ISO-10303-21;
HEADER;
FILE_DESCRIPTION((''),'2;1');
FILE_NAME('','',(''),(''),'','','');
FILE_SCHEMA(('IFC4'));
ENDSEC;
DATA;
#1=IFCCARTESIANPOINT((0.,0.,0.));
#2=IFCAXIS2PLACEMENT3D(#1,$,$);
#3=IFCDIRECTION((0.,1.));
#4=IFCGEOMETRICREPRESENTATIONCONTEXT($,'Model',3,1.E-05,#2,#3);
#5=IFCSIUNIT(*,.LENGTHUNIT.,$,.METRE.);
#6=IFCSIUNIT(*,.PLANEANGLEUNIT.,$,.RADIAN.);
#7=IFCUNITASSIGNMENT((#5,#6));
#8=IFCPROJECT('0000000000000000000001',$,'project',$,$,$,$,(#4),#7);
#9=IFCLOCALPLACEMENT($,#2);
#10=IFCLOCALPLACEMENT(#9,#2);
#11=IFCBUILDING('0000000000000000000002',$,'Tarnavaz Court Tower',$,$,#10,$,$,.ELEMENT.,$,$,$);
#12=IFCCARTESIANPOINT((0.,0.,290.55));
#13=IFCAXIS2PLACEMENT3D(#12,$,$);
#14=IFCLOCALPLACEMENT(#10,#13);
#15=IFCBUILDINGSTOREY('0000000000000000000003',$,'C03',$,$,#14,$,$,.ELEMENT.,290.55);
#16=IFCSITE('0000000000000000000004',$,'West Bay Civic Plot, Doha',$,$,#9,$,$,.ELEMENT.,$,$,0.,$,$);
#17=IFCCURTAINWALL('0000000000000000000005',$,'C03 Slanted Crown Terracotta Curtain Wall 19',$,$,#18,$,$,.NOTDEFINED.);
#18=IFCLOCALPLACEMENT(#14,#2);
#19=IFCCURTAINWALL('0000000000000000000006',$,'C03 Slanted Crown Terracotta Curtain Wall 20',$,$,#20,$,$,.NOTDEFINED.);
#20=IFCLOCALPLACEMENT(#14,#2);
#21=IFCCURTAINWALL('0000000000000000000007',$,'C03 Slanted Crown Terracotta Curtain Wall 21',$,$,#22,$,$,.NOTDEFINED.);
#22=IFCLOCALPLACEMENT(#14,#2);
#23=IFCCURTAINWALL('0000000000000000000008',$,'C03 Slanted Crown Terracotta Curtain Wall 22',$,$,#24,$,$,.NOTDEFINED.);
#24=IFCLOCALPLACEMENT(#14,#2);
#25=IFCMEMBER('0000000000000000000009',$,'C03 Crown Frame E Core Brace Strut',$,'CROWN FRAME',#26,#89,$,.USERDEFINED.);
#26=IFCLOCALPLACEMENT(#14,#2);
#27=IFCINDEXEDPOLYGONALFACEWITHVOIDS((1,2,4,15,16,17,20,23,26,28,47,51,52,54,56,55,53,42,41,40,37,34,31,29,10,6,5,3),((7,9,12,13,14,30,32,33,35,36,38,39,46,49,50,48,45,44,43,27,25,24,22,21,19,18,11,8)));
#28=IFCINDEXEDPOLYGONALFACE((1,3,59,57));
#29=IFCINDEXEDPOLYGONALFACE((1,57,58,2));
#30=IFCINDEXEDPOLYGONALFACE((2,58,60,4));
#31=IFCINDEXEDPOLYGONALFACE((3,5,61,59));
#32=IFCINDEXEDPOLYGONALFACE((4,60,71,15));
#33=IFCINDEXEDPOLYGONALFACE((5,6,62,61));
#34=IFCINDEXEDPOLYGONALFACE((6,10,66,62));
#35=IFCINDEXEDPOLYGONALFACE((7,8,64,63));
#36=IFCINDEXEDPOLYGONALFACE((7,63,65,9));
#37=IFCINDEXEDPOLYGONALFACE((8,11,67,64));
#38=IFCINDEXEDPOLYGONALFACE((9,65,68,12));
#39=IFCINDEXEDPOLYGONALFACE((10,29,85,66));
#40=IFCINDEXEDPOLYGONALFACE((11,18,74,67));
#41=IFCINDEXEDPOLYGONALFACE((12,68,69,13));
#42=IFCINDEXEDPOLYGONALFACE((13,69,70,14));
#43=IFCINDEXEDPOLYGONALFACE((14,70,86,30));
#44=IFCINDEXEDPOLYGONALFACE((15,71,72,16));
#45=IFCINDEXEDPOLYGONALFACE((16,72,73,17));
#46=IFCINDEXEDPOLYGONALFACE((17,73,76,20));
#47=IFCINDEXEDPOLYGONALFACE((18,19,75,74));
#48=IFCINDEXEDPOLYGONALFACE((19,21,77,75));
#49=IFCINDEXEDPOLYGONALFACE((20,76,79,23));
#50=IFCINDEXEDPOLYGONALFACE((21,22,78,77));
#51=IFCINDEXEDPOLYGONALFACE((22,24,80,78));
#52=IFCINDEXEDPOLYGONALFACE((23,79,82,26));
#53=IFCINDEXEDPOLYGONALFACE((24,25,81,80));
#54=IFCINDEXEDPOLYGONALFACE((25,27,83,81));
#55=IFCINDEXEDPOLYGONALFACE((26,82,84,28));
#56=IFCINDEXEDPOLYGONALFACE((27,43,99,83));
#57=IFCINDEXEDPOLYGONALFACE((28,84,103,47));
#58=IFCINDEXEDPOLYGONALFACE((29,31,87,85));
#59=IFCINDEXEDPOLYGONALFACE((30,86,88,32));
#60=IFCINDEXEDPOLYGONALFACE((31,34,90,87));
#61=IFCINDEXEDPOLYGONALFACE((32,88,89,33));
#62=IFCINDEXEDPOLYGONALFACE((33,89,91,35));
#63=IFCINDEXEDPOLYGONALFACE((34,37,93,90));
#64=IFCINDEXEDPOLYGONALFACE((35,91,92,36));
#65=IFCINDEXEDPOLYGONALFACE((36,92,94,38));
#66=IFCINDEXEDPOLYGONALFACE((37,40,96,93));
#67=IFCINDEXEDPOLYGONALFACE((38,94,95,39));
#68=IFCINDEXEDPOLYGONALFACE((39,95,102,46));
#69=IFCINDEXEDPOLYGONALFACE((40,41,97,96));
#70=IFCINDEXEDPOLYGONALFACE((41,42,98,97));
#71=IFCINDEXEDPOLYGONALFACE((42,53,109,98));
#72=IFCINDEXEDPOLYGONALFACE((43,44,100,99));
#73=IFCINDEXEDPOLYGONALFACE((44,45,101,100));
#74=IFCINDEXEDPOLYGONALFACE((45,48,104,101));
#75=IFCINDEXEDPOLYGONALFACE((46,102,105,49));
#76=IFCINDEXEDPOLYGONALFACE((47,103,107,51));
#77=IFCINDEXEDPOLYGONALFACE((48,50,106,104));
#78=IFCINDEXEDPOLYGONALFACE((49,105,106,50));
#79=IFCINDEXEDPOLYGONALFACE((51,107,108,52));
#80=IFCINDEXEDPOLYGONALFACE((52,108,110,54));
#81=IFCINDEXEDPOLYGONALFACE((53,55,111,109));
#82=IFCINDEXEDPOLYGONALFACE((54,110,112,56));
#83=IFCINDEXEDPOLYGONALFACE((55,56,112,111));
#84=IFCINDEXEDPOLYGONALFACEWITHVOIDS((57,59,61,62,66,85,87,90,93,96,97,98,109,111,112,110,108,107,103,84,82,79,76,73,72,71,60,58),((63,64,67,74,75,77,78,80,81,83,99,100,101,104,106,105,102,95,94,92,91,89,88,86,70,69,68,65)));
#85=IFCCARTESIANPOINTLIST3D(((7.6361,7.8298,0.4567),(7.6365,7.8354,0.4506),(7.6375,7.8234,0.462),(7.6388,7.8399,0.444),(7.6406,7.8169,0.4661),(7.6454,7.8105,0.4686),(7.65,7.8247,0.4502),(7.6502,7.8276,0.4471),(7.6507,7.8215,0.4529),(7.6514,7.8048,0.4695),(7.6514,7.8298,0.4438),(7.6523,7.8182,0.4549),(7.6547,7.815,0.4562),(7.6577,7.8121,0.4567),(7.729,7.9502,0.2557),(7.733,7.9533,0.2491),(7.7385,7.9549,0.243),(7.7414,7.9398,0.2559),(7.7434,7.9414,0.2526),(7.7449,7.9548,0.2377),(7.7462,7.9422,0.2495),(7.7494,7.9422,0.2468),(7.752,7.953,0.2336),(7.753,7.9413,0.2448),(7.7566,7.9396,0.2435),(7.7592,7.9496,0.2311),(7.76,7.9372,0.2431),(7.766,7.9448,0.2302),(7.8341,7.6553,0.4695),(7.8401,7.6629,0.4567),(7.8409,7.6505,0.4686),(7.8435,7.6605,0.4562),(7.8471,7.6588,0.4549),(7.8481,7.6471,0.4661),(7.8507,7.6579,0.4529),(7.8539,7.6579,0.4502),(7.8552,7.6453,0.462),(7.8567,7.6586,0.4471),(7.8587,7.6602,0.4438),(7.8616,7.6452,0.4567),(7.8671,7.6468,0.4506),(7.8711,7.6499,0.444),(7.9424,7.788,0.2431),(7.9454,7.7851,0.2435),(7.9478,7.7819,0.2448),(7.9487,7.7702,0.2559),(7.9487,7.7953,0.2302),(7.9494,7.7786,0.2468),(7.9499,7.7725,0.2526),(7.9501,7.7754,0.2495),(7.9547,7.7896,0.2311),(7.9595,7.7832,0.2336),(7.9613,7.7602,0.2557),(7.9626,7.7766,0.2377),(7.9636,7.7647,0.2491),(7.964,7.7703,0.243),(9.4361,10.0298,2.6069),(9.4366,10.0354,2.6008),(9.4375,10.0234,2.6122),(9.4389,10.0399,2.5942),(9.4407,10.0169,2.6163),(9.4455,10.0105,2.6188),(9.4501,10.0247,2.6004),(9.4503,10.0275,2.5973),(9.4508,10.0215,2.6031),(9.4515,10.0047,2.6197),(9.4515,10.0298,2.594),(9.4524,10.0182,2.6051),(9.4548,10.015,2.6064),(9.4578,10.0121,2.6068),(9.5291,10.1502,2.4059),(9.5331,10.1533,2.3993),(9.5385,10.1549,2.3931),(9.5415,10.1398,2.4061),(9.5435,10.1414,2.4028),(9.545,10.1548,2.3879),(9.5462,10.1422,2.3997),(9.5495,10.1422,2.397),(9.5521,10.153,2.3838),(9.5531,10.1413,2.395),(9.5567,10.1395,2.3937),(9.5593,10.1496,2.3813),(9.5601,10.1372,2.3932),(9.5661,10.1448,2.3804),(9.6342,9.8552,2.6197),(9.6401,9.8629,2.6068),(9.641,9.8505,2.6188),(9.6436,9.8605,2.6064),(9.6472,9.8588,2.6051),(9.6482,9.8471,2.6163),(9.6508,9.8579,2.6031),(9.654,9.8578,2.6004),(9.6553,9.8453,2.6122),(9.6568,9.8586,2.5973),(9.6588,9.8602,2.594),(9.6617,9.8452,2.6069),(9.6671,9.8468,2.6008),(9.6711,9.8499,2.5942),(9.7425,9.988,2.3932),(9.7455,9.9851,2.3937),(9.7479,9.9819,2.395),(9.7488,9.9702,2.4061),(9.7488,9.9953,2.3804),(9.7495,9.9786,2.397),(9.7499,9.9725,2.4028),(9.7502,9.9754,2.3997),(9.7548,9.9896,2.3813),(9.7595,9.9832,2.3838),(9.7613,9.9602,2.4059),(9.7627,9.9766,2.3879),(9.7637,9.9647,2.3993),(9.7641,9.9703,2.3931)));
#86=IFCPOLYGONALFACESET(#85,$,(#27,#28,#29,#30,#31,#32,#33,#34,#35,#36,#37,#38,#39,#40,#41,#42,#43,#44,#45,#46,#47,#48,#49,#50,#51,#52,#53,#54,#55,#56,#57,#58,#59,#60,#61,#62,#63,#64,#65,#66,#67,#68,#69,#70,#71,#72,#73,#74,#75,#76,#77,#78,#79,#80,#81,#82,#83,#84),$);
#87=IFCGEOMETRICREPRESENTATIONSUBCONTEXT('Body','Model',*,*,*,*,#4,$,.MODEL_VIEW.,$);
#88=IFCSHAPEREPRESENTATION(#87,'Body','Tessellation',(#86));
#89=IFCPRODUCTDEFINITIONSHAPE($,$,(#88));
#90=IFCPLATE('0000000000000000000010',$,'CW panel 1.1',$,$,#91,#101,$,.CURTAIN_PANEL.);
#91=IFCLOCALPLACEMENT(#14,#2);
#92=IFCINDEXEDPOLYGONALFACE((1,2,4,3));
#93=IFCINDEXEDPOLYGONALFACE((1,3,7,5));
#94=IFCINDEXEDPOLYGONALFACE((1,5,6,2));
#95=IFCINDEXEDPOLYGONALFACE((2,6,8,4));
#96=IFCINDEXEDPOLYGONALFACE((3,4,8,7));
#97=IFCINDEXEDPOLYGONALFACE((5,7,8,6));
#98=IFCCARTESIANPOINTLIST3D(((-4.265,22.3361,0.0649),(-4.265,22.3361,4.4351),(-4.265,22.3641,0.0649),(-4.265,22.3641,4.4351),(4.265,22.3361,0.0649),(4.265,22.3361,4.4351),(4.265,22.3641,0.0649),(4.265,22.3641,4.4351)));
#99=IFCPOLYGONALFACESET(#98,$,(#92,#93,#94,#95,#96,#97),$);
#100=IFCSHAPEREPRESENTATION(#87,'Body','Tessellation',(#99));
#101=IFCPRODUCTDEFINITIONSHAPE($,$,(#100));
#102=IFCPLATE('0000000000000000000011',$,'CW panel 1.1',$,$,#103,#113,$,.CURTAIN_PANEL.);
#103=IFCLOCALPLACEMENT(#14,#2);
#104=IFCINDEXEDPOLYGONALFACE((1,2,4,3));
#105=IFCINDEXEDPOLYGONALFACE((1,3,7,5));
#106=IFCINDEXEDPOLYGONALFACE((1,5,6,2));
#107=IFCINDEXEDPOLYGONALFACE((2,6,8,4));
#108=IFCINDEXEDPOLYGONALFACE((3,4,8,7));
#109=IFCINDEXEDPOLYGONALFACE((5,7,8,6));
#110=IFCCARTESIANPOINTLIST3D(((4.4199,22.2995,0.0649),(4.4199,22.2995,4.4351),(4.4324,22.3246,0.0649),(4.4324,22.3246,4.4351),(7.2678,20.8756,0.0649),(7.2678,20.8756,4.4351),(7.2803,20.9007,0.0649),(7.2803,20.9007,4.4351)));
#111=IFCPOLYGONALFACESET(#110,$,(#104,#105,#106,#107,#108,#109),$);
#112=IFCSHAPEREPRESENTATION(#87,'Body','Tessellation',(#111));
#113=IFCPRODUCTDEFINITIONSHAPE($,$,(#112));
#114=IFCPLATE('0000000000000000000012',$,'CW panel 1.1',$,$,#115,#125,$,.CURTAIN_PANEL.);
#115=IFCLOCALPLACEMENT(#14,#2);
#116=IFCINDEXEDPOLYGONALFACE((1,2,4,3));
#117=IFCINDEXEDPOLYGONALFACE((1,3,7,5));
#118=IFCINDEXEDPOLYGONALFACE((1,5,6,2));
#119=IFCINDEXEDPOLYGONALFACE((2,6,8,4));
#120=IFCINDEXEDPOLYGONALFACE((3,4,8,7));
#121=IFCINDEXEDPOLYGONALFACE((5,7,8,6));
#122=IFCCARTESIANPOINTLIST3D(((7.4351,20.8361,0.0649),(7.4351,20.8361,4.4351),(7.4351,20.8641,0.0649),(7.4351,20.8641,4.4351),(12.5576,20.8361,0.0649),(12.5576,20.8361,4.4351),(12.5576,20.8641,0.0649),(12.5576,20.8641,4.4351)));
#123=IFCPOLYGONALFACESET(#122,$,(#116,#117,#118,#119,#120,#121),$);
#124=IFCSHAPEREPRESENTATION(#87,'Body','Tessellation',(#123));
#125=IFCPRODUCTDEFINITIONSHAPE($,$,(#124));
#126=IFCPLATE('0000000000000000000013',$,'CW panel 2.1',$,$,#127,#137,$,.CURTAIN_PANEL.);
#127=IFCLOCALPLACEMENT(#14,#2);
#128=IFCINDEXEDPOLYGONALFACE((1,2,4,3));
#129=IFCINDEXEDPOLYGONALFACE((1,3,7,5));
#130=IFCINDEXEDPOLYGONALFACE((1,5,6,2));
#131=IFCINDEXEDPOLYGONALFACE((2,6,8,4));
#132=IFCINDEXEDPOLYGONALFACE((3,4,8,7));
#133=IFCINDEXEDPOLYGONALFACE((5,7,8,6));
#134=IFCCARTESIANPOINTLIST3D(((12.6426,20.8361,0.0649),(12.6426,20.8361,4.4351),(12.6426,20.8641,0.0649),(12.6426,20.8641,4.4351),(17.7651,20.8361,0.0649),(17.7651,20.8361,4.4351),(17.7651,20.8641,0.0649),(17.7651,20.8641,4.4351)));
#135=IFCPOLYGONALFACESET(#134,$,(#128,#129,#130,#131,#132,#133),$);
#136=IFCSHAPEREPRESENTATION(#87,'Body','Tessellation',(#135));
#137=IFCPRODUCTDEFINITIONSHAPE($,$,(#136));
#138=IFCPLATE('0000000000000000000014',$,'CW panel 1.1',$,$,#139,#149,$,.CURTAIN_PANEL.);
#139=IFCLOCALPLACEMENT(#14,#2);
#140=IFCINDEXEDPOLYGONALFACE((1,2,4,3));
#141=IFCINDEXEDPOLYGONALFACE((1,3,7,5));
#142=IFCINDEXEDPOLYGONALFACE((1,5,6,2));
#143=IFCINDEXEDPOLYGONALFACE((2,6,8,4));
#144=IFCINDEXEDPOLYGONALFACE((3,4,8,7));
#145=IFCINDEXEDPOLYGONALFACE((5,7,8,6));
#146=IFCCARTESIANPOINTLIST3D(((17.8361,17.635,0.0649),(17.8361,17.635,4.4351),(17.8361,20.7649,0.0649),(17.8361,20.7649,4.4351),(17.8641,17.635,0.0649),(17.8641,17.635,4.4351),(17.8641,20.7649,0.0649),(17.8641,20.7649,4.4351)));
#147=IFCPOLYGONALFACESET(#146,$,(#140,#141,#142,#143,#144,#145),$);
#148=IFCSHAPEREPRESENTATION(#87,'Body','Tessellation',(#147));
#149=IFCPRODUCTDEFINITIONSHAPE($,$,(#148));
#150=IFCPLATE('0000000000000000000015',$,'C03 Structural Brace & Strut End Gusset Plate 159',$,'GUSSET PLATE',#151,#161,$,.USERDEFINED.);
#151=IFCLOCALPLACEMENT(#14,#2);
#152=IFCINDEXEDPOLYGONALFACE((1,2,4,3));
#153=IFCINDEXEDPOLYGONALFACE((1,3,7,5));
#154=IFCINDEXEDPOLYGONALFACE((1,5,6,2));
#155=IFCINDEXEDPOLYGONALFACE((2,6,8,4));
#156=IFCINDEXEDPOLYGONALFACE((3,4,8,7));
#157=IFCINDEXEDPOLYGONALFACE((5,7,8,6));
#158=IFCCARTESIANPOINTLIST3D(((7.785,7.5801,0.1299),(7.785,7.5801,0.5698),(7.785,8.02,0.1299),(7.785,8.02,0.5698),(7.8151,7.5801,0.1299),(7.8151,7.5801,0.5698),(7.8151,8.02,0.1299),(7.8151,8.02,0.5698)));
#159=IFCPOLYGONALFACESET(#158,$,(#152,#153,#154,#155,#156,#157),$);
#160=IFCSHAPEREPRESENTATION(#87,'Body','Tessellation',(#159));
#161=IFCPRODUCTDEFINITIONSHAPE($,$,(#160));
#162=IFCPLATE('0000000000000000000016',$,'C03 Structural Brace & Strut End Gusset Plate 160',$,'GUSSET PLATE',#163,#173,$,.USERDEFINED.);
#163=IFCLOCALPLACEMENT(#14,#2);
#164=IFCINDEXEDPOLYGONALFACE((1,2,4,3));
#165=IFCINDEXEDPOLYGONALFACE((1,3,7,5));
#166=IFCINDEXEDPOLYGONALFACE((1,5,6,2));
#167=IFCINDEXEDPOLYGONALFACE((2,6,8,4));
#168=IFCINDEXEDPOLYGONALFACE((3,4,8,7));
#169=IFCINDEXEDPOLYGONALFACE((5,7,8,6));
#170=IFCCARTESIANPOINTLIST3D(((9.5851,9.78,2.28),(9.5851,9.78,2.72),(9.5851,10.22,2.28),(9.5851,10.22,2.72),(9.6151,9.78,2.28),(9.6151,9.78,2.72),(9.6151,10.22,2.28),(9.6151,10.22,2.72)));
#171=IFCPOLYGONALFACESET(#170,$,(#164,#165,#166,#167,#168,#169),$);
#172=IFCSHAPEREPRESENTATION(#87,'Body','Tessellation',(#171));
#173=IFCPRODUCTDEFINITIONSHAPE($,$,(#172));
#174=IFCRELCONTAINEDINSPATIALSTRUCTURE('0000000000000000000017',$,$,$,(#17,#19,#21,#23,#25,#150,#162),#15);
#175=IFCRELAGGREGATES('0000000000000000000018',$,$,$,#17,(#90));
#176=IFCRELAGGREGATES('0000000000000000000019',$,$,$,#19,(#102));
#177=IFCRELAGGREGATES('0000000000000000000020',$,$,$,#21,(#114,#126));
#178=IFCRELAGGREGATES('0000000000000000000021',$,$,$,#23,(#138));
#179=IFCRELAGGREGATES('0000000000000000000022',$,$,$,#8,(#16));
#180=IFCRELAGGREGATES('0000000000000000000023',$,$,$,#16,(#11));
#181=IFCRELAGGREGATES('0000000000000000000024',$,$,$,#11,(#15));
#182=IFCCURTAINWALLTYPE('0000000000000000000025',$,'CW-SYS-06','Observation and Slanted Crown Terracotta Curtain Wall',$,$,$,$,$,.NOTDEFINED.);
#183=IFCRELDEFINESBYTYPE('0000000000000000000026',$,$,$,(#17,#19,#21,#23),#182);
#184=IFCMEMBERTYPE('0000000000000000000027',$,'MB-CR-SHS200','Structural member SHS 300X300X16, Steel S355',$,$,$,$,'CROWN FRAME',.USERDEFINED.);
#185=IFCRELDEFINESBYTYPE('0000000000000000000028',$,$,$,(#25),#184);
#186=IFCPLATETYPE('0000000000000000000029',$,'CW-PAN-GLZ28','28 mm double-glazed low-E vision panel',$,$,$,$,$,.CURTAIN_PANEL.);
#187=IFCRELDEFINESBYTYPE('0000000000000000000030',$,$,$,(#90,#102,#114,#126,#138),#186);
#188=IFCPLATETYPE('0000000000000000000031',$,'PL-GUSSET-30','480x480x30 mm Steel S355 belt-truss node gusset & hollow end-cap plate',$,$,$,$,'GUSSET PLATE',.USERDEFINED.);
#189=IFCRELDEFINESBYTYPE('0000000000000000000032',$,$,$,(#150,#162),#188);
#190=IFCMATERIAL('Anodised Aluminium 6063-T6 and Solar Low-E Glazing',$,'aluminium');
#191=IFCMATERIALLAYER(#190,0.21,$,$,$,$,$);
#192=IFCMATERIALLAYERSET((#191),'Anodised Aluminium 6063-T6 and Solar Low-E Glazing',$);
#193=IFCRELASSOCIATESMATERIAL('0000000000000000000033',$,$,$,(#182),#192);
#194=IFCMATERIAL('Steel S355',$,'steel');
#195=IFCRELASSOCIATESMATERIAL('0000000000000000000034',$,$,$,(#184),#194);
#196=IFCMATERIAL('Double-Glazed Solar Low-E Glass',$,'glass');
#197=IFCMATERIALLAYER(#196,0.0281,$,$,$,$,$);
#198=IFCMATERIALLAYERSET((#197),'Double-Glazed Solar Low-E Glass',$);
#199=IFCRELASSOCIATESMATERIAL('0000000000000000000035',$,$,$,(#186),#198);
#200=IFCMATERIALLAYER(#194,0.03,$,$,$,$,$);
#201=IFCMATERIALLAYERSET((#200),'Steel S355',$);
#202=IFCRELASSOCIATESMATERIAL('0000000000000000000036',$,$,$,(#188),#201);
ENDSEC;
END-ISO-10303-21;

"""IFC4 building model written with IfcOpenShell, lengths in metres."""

from ifc_helpers import new_model, si_unit, direction, frame, origin, origin_2d, place, context, subcontext, project, spatial, rectangle, hollow_rectangle, extrude, material, layer, layer_set, material_profile, profile_set, type_object, element, aggregate, save


model = new_model("IFC4")

# Units and contexts
model_context = context("Model", 3, precision=1e-05, world=origin(), true_north=direction((0.0, 1.0)))
body_context = subcontext(model_context, "Body", "Model", "MODEL_VIEW")
ifc_project = project(units=[si_unit("LENGTHUNIT", "METRE"), si_unit("PLANEANGLEUNIT", "RADIAN")], contexts=[model_context])

# Site, building, storey
site_placement = place(None, origin())
site = spatial("IfcSite", under=ifc_project, at=site_placement, Name="West Bay Civic Plot, Doha", CompositionType="ELEMENT", RefElevation=0.0)
building_placement = place(site_placement, origin())
building = spatial("IfcBuilding", under=site, at=building_placement, Name="Tarnavaz Court Tower", CompositionType="ELEMENT")
storey_placement = place(building_placement, frame((0.0, 0.0, 290.55)))
storey = spatial("IfcBuildingStorey", under=building, at=storey_placement, Name="C03", CompositionType="ELEMENT", Elevation=290.55)

# Shared definitions
ifc_material_1 = material(Name="Steel S355", Category="steel")

# Curtain wall
ifc_material_2 = material(Name="Anodised Aluminium 6063-T6 and Solar Low-E Glazing", Category="aluminium")
ifc_layer_1 = layer(ifc_material_2, 0.21)
ifc_layer_set_1 = layer_set([ifc_layer_1], Name="Anodised Aluminium 6063-T6 and Solar Low-E Glazing")
curtain_wall_type = type_object("IfcCurtainWallType", Name="CW-SYS-06", Description="Observation and Slanted Crown Terracotta Curtain Wall", PredefinedType="NOTDEFINED", material=ifc_layer_set_1)
curtain_wall_1_placement = place(storey_placement, origin())
curtain_wall_1 = element("IfcCurtainWall", 1, at=curtain_wall_1_placement, inside=storey, type_object=curtain_wall_type, Name="C03 Slanted Crown Terracotta Curtain Wall 19", PredefinedType="NOTDEFINED")

# Curtain walls
curtain_wall_2_placement = place(storey_placement, origin())
curtain_wall_2 = element("IfcCurtainWall", 2, at=curtain_wall_2_placement, inside=storey, type_object=curtain_wall_type, Name="C03 Slanted Crown Terracotta Curtain Wall 20", PredefinedType="NOTDEFINED")
curtain_wall_3_placement = place(storey_placement, origin())
curtain_wall_3 = element("IfcCurtainWall", 3, at=curtain_wall_3_placement, inside=storey, type_object=curtain_wall_type, Name="C03 Slanted Crown Terracotta Curtain Wall 21", PredefinedType="NOTDEFINED")
curtain_wall_4_placement = place(storey_placement, origin())
curtain_wall_4 = element("IfcCurtainWall", 4, at=curtain_wall_4_placement, inside=storey, type_object=curtain_wall_type, Name="C03 Slanted Crown Terracotta Curtain Wall 22", PredefinedType="NOTDEFINED")

# Member
ifc_material_profile_1 = material_profile(ifc_material_1, hollow_rectangle(XDim=0.3, YDim=0.3, WallThickness=0.0161, InnerFilletRadius=0.0161, OuterFilletRadius=0.032, at=origin_2d()), Name="SHS 300X300X16")
ifc_profile_set_1 = profile_set([ifc_material_profile_1], Name="Steel S355")
member_type_1 = type_object("IfcMemberType", Name="MB-CR-SHS200", Description="Structural member SHS 300X300X16, Steel S355", ElementType="CROWN FRAME", PredefinedType="USERDEFINED", material=ifc_profile_set_1)
member_1_placement = place(storey_placement, frame((7.8, 7.8, 0.3499), z_axis=(0.505044, 0.617246, 0.603272), x_axis=(-0.773942, 0.633256, 0.0)))
element("IfcMember", 5, at=member_1_placement, inside=storey, type_object=member_type_1, Name="C03 Crown Frame E Core Brace Strut", ObjectType="CROWN FRAME", PredefinedType="USERDEFINED", context=body_context, shape_type="SweptSolid", body=[
    extrude(hollow_rectangle(XDim=0.3, YDim=0.3, WallThickness=0.0161, InnerFilletRadius=0.0161, OuterFilletRadius=0.032, at=origin_2d()), origin(), (0.0, 0.0, 1.0), 3.5642),
])

# Plates
ifc_material_3 = material(Name="Double-Glazed Solar Low-E Glass", Category="glass")
ifc_layer_2 = layer(ifc_material_3, 0.0281)
ifc_layer_set_2 = layer_set([ifc_layer_2], Name="Double-Glazed Solar Low-E Glass")
plate_type_1 = type_object("IfcPlateType", Name="CW-PAN-GLZ28", Description="28 mm double-glazed low-E vision panel", PredefinedType="CURTAIN_PANEL", material=ifc_layer_set_2)
plate_1_placement = place(storey_placement, frame((0.0, 22.3501, 0.0649), z_axis=(0.0, 0.0, 1.0), x_axis=(1.0, 0.0, 0.0)))
plate_1 = element("IfcPlate", 6, at=plate_1_placement, type_object=plate_type_1, Name="CW panel 1.1", PredefinedType="CURTAIN_PANEL", context=body_context, shape_type="SweptSolid", body=[
    extrude(rectangle(XDim=8.53, YDim=0.0281, at=origin_2d()), origin(), (0.0, 0.0, 1.0), 4.3701),
])
aggregate(curtain_wall_1, [plate_1])
plate_2_placement = place(storey_placement, frame((5.8501, 21.6001, 0.0649), z_axis=(0.0, 0.0, 1.0), x_axis=(0.894427, -0.447214, 0.0)))
plate_2 = element("IfcPlate", 7, at=plate_2_placement, type_object=plate_type_1, Name="CW panel 1.1", PredefinedType="CURTAIN_PANEL", context=body_context, shape_type="SweptSolid", body=[
    extrude(rectangle(XDim=3.1841, YDim=0.0281, at=origin_2d()), origin(), (0.0, 0.0, 1.0), 4.3701),
])
aggregate(curtain_wall_2, [plate_2])
plate_3_placement = place(storey_placement, frame((9.9963, 20.8501, 0.0649), z_axis=(0.0, 0.0, 1.0), x_axis=(1.0, 0.0, 0.0)))
plate_3 = element("IfcPlate", 8, at=plate_3_placement, type_object=plate_type_1, Name="CW panel 1.1", PredefinedType="CURTAIN_PANEL", context=body_context, shape_type="SweptSolid", body=[
    extrude(rectangle(XDim=5.1226, YDim=0.0281, at=origin_2d()), origin(), (0.0, 0.0, 1.0), 4.3701),
])
plate_4_placement = place(storey_placement, frame((15.2039, 20.8501, 0.0649), z_axis=(0.0, 0.0, 1.0), x_axis=(1.0, 0.0, 0.0)))
plate_4 = element("IfcPlate", 9, at=plate_4_placement, type_object=plate_type_1, Name="CW panel 2.1", PredefinedType="CURTAIN_PANEL", context=body_context, shape_type="SweptSolid", body=[
    extrude(rectangle(XDim=5.1226, YDim=0.0281, at=origin_2d()), origin(), (0.0, 0.0, 1.0), 4.3701),
])
aggregate(curtain_wall_3, [plate_3, plate_4])
plate_5_placement = place(storey_placement, frame((17.8501, 19.2, 0.0649), z_axis=(0.0, 0.0, 1.0), x_axis=(0.0, -1.0, 0.0)))
plate_5 = element("IfcPlate", 10, at=plate_5_placement, type_object=plate_type_1, Name="CW panel 1.1", PredefinedType="CURTAIN_PANEL", context=body_context, shape_type="SweptSolid", body=[
    extrude(rectangle(XDim=3.1299, YDim=0.0281, at=origin_2d()), origin(), (0.0, 0.0, 1.0), 4.3701),
])
aggregate(curtain_wall_4, [plate_5])

# Plates
ifc_layer_3 = layer(ifc_material_1, 0.03)
ifc_layer_set_3 = layer_set([ifc_layer_3], Name="Steel S355")
plate_type_2 = type_object("IfcPlateType", Name="PL-GUSSET-30", Description="480x480x30 mm Steel S355 belt-truss node gusset & hollow end-cap plate", ElementType="GUSSET PLATE", PredefinedType="USERDEFINED", material=ifc_layer_set_3)
for number, where, z_axis, x_axis, name in (
    (11, (7.8, 7.8, 0.1299), (0.0, 0.0, 1.0), (0.0, 1.0, 0.0), "C03 Structural Brace & Strut End Gusset Plate 159"),
    (12, (9.6001, 10.0, 2.28), (0.0, 0.0, 1.0), (0.0, 1.0, 0.0), "C03 Structural Brace & Strut End Gusset Plate 160"),
):
    element("IfcPlate", number, at=place(storey_placement, frame(where, z_axis=z_axis, x_axis=x_axis)), inside=storey, type_object=plate_type_2, Name=name, ObjectType="GUSSET PLATE", PredefinedType="USERDEFINED", context=body_context, shape_type="SweptSolid", body=[
        extrude(rectangle(XDim=0.4399, YDim=0.03, at=origin_2d()), origin(), (0.0, 0.0, 1.0), 0.4399),
    ])

save(model, "model.ifc")
